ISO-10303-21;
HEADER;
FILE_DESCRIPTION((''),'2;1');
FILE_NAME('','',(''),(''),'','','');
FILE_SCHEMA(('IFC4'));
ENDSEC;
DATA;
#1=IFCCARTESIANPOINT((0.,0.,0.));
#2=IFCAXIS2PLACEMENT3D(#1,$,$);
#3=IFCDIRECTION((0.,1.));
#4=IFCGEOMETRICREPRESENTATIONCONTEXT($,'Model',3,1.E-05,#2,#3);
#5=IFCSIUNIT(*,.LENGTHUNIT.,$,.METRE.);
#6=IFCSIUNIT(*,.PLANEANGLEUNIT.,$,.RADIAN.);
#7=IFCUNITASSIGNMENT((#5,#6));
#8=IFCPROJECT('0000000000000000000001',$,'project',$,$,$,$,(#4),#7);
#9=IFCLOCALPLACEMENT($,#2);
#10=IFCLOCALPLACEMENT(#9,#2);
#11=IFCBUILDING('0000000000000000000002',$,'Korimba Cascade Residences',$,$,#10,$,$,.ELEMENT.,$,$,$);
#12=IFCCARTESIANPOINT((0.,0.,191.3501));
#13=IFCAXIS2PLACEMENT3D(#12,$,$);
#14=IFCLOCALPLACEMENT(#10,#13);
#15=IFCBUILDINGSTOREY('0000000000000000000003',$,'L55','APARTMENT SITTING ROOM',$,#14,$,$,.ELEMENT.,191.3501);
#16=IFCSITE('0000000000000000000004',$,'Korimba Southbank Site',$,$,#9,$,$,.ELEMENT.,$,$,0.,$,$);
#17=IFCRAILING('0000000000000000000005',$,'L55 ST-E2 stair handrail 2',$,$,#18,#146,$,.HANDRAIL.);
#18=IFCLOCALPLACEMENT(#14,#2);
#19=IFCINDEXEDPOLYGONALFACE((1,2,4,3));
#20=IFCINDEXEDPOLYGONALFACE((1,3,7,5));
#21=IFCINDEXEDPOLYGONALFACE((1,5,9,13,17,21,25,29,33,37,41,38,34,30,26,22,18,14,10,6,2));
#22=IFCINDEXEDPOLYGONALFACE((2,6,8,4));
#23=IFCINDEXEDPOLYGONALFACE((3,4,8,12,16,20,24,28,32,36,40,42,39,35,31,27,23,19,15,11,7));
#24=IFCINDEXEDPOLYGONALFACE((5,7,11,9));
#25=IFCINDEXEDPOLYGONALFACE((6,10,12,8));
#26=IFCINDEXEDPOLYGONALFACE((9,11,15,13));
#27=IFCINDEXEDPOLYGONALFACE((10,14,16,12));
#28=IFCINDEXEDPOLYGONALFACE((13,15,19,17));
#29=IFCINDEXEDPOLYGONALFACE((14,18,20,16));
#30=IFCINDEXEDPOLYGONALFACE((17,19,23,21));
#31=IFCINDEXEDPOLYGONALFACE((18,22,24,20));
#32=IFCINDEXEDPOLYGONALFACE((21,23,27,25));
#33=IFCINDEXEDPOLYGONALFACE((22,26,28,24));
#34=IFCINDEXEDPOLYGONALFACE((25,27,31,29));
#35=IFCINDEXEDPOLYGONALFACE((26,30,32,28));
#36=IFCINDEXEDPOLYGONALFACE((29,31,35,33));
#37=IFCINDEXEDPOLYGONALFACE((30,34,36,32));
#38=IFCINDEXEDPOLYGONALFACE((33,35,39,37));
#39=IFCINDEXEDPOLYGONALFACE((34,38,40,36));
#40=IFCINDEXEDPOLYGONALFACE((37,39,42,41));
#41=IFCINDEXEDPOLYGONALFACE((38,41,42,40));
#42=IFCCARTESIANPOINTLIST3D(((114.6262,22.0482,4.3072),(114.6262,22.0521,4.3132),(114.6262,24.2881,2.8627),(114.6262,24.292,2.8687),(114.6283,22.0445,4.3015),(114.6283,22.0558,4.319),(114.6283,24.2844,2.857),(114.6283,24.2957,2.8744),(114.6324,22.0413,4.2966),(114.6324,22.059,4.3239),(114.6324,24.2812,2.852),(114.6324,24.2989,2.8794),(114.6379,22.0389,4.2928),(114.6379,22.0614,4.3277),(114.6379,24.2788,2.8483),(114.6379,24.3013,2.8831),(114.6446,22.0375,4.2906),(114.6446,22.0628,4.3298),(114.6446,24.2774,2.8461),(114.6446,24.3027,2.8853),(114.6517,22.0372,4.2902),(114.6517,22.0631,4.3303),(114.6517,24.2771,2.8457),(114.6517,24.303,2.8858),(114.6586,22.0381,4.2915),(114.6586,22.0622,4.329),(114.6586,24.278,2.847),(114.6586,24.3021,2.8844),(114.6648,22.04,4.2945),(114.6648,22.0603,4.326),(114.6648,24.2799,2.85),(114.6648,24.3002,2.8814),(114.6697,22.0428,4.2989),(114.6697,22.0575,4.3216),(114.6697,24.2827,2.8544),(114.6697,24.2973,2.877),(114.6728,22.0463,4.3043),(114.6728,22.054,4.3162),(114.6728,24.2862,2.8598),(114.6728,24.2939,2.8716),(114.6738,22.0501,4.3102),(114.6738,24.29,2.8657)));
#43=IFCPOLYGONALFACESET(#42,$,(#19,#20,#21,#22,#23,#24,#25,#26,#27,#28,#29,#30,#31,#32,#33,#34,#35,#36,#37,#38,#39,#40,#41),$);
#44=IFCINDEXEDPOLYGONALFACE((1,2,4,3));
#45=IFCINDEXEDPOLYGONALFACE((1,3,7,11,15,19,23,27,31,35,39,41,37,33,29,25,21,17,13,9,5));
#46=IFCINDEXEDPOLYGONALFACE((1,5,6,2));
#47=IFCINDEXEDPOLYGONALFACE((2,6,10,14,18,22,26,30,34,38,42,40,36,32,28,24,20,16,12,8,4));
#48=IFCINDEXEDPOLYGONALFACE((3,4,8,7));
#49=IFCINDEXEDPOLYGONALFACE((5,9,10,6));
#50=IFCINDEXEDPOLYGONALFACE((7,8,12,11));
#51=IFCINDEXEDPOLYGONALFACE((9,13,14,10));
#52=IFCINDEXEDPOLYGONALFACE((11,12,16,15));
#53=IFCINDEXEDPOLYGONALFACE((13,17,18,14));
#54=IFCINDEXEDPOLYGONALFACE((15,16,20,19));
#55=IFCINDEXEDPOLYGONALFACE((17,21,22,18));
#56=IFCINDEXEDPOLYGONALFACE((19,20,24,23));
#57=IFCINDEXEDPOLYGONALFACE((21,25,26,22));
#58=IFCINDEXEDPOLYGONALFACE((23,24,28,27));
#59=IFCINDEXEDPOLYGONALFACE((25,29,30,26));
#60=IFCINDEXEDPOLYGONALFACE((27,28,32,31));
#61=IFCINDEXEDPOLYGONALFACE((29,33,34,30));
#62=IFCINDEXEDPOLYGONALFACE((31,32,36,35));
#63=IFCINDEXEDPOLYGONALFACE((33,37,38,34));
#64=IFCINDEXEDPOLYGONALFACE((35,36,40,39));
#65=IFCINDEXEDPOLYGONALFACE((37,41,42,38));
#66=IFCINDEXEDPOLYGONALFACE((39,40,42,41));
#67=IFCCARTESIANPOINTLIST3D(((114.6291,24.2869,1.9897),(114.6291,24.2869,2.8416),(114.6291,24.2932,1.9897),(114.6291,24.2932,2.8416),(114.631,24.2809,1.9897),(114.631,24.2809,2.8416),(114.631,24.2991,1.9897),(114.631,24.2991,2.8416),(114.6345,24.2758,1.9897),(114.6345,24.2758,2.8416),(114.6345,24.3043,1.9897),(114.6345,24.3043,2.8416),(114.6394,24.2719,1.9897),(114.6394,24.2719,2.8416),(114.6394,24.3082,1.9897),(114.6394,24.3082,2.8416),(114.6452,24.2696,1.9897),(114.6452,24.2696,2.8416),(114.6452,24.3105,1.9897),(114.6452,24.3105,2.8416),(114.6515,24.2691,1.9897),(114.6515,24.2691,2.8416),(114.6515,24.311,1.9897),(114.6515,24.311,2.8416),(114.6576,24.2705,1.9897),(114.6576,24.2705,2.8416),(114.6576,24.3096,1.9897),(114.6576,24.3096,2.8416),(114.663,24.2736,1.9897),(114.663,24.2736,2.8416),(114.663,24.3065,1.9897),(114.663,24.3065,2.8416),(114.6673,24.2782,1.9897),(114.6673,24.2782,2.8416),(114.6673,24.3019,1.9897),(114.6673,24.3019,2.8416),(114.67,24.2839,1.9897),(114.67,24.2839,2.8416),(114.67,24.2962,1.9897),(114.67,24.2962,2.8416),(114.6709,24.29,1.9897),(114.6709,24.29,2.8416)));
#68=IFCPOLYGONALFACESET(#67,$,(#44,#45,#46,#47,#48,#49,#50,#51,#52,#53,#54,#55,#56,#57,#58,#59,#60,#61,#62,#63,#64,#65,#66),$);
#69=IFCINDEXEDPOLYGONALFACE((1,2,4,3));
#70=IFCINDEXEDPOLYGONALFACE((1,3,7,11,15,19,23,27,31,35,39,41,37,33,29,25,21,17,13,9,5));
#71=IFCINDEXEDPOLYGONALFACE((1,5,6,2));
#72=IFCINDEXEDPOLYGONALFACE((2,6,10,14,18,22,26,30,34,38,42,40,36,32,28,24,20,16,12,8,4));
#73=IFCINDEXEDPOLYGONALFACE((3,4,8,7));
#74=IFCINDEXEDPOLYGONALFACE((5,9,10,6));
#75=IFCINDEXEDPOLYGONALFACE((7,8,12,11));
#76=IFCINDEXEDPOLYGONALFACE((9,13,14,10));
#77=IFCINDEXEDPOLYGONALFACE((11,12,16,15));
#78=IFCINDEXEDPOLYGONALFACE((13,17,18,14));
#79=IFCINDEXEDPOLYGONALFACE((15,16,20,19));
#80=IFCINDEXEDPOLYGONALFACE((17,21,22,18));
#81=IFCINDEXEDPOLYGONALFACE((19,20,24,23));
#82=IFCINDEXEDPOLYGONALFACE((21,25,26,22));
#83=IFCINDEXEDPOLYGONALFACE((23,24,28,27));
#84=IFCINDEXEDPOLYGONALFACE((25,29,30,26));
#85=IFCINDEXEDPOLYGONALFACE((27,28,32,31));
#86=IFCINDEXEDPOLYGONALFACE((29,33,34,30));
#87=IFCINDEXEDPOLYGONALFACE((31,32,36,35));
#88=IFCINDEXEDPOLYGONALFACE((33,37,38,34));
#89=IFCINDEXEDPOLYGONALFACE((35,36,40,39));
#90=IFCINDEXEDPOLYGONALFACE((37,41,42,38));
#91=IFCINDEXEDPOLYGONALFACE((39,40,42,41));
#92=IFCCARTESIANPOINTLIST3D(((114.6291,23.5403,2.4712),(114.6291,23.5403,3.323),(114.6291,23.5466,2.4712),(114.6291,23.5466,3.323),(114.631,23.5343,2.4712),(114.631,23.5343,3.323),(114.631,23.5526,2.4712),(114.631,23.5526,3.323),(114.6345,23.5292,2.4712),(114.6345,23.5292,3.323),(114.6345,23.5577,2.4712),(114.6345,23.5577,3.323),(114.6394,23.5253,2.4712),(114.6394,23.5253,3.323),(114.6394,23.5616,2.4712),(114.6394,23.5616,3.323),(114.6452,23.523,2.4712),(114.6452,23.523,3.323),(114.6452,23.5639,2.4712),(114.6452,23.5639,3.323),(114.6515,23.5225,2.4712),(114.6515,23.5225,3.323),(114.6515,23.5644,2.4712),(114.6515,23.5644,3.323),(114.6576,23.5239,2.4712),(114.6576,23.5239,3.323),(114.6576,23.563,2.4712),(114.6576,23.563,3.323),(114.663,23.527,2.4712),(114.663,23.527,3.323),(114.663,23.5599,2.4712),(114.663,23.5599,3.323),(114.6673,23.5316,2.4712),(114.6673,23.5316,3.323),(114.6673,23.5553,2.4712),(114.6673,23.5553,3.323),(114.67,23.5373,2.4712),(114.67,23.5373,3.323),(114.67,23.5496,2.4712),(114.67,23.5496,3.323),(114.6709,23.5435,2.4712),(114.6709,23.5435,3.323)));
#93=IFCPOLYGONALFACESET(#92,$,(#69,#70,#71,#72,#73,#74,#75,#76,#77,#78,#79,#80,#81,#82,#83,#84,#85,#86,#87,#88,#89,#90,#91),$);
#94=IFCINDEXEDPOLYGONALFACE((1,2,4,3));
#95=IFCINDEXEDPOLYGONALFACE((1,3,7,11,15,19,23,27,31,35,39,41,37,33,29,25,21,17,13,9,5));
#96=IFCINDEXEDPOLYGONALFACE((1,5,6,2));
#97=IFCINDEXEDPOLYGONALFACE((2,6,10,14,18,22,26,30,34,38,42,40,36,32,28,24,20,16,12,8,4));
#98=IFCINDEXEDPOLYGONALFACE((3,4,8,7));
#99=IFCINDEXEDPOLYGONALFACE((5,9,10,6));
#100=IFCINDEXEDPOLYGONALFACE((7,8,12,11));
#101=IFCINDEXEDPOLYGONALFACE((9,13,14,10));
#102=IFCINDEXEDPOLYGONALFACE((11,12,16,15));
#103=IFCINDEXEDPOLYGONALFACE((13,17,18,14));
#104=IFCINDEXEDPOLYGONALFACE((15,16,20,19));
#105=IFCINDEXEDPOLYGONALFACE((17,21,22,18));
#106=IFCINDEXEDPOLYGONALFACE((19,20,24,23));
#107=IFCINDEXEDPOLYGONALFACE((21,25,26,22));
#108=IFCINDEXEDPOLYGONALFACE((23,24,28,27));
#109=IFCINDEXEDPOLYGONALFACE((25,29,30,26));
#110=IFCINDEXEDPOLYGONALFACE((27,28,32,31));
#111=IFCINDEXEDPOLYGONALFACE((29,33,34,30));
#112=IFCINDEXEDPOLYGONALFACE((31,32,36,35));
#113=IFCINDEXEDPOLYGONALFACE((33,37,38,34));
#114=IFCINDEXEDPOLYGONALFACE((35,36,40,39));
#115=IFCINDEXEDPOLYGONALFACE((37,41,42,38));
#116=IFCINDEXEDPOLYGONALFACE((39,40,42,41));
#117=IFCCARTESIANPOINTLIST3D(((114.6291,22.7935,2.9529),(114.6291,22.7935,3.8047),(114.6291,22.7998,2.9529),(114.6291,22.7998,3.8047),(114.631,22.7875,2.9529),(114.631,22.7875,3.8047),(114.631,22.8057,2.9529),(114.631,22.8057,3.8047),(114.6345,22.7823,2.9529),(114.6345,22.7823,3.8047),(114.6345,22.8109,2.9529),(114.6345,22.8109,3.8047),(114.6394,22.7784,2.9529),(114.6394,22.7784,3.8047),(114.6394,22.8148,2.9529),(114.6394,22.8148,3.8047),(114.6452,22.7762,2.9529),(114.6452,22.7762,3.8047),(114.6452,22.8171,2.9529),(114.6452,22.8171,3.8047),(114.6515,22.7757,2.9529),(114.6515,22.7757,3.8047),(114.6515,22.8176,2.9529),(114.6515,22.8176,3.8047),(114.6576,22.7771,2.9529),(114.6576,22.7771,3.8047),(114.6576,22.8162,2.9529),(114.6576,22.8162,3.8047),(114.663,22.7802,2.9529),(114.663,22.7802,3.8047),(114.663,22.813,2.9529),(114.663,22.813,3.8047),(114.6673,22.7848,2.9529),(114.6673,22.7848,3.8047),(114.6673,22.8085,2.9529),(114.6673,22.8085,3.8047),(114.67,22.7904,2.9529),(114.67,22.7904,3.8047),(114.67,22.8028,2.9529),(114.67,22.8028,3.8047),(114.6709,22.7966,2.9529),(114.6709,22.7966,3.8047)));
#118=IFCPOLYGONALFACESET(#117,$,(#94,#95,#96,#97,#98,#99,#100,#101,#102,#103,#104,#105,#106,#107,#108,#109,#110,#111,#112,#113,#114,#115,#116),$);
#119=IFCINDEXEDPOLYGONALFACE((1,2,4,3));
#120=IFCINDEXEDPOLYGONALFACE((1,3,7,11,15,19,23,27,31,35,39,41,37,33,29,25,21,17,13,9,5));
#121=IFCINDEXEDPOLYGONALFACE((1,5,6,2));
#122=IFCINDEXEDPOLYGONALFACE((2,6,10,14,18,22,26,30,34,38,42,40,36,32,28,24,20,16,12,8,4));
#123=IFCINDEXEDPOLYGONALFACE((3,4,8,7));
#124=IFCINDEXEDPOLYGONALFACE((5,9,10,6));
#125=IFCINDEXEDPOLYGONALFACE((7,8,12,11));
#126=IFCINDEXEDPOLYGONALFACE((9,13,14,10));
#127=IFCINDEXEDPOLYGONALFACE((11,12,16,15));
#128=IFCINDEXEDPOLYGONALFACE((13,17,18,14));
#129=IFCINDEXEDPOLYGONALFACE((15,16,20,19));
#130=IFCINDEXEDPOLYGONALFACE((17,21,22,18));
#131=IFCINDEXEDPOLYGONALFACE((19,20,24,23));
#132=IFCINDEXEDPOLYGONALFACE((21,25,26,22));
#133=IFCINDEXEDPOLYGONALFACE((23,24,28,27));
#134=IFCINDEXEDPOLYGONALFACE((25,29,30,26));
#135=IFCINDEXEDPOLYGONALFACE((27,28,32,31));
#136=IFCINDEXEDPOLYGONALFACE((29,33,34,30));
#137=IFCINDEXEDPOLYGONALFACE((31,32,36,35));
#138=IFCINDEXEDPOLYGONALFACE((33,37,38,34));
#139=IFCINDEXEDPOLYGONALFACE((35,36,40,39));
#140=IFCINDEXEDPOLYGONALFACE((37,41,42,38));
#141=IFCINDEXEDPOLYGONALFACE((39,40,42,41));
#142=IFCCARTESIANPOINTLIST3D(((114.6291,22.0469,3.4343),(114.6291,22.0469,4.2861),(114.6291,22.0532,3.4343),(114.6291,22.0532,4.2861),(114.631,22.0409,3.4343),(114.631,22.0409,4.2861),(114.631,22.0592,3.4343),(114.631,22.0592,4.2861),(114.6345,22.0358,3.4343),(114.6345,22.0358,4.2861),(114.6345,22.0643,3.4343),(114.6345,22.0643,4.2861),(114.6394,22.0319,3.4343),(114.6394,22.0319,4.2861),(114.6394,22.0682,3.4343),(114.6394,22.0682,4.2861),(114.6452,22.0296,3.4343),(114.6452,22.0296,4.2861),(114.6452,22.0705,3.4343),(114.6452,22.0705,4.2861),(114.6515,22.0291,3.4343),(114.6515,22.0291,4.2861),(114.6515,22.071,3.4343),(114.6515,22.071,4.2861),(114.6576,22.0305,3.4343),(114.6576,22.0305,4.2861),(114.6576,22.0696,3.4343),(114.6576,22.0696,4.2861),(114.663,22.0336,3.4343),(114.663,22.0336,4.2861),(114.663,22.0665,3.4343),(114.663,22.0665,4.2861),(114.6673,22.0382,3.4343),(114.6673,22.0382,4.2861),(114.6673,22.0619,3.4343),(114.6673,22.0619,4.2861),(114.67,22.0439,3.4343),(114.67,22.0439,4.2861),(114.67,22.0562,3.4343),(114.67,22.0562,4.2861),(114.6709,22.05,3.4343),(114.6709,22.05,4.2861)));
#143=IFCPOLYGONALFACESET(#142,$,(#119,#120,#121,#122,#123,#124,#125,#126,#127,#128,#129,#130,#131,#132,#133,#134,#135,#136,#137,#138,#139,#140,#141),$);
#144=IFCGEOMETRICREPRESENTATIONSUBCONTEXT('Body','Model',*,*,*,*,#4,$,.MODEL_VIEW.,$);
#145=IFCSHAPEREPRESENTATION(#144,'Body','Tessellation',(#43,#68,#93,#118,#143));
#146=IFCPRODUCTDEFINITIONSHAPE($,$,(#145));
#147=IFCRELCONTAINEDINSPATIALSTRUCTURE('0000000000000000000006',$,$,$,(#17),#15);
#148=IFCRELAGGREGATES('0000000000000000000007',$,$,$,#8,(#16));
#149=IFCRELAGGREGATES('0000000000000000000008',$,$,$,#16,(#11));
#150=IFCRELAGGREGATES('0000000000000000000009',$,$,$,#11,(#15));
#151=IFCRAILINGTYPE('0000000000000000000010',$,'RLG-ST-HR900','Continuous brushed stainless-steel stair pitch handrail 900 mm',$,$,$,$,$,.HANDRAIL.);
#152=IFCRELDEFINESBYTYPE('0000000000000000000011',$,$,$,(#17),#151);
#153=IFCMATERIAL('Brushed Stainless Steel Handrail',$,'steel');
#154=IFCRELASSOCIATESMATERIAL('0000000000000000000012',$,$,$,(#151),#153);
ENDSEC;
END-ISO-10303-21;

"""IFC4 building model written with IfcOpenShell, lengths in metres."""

from ifc_helpers import new_model, si_unit, direction, frame, origin, origin_2d, place, context, subcontext, project, spatial, circle, extrude, material, type_object, element, save


model = new_model("IFC4")

# Units and contexts
model_context = context("Model", 3, precision=1e-05, world=origin(), true_north=direction((0.0, 1.0)))
body_context = subcontext(model_context, "Body", "Model", "MODEL_VIEW")
ifc_project = project(units=[si_unit("LENGTHUNIT", "METRE"), si_unit("PLANEANGLEUNIT", "RADIAN")], contexts=[model_context])

# Site, building, storey
site_placement = place(None, origin())
site = spatial("IfcSite", under=ifc_project, at=site_placement, Name="Korimba Southbank Site", CompositionType="ELEMENT", RefElevation=0.0)
building_placement = place(site_placement, origin())
building = spatial("IfcBuilding", under=site, at=building_placement, Name="Korimba Cascade Residences", CompositionType="ELEMENT")
storey_placement = place(building_placement, frame((0.0, 0.0, 191.3501)))
storey = spatial("IfcBuildingStorey", under=building, at=storey_placement, Name="L55", Description="APARTMENT SITTING ROOM", CompositionType="ELEMENT", Elevation=191.3501)

# Railing
ifc_material_1 = material(Name="Brushed Stainless Steel Handrail", Category="steel")
railing_type_1 = type_object("IfcRailingType", Name="RLG-ST-HR900", Description="Continuous brushed stainless-steel stair pitch handrail 900 mm", PredefinedType="HANDRAIL", material=ifc_material_1)
railing_1_placement = place(storey_placement, frame((114.6499, 24.29, 1.9897)))
element("IfcRailing", 1, at=railing_1_placement, inside=storey, type_object=railing_type_1, Name="L55 ST-E2 stair handrail 2", PredefinedType="HANDRAIL", context=body_context, shape_type="SweptSolid", body=[
    extrude(circle(Radius=0.0239, at=origin_2d()), frame((0.0, 0.0, 0.876), z_axis=(0.0, -0.840395, 0.541975), x_axis=(1.0, 0.0, 0.0)), (0.0, 0.0, 1.0), 2.6653),
    extrude(circle(Radius=0.021, at=origin_2d()), origin(), (0.0, 0.0, 1.0), 0.8518),
    extrude(circle(Radius=0.021, at=origin_2d()), frame((0.0, -0.7466, 0.4814)), (0.0, 0.0, 1.0), 0.8518),
    extrude(circle(Radius=0.021, at=origin_2d()), frame((0.0, -1.4934, 0.9631)), (0.0, 0.0, 1.0), 0.8518),
    extrude(circle(Radius=0.021, at=origin_2d()), frame((0.0, -2.24, 1.4446)), (0.0, 0.0, 1.0), 0.8518),
])

save(model, "model.ifc")
